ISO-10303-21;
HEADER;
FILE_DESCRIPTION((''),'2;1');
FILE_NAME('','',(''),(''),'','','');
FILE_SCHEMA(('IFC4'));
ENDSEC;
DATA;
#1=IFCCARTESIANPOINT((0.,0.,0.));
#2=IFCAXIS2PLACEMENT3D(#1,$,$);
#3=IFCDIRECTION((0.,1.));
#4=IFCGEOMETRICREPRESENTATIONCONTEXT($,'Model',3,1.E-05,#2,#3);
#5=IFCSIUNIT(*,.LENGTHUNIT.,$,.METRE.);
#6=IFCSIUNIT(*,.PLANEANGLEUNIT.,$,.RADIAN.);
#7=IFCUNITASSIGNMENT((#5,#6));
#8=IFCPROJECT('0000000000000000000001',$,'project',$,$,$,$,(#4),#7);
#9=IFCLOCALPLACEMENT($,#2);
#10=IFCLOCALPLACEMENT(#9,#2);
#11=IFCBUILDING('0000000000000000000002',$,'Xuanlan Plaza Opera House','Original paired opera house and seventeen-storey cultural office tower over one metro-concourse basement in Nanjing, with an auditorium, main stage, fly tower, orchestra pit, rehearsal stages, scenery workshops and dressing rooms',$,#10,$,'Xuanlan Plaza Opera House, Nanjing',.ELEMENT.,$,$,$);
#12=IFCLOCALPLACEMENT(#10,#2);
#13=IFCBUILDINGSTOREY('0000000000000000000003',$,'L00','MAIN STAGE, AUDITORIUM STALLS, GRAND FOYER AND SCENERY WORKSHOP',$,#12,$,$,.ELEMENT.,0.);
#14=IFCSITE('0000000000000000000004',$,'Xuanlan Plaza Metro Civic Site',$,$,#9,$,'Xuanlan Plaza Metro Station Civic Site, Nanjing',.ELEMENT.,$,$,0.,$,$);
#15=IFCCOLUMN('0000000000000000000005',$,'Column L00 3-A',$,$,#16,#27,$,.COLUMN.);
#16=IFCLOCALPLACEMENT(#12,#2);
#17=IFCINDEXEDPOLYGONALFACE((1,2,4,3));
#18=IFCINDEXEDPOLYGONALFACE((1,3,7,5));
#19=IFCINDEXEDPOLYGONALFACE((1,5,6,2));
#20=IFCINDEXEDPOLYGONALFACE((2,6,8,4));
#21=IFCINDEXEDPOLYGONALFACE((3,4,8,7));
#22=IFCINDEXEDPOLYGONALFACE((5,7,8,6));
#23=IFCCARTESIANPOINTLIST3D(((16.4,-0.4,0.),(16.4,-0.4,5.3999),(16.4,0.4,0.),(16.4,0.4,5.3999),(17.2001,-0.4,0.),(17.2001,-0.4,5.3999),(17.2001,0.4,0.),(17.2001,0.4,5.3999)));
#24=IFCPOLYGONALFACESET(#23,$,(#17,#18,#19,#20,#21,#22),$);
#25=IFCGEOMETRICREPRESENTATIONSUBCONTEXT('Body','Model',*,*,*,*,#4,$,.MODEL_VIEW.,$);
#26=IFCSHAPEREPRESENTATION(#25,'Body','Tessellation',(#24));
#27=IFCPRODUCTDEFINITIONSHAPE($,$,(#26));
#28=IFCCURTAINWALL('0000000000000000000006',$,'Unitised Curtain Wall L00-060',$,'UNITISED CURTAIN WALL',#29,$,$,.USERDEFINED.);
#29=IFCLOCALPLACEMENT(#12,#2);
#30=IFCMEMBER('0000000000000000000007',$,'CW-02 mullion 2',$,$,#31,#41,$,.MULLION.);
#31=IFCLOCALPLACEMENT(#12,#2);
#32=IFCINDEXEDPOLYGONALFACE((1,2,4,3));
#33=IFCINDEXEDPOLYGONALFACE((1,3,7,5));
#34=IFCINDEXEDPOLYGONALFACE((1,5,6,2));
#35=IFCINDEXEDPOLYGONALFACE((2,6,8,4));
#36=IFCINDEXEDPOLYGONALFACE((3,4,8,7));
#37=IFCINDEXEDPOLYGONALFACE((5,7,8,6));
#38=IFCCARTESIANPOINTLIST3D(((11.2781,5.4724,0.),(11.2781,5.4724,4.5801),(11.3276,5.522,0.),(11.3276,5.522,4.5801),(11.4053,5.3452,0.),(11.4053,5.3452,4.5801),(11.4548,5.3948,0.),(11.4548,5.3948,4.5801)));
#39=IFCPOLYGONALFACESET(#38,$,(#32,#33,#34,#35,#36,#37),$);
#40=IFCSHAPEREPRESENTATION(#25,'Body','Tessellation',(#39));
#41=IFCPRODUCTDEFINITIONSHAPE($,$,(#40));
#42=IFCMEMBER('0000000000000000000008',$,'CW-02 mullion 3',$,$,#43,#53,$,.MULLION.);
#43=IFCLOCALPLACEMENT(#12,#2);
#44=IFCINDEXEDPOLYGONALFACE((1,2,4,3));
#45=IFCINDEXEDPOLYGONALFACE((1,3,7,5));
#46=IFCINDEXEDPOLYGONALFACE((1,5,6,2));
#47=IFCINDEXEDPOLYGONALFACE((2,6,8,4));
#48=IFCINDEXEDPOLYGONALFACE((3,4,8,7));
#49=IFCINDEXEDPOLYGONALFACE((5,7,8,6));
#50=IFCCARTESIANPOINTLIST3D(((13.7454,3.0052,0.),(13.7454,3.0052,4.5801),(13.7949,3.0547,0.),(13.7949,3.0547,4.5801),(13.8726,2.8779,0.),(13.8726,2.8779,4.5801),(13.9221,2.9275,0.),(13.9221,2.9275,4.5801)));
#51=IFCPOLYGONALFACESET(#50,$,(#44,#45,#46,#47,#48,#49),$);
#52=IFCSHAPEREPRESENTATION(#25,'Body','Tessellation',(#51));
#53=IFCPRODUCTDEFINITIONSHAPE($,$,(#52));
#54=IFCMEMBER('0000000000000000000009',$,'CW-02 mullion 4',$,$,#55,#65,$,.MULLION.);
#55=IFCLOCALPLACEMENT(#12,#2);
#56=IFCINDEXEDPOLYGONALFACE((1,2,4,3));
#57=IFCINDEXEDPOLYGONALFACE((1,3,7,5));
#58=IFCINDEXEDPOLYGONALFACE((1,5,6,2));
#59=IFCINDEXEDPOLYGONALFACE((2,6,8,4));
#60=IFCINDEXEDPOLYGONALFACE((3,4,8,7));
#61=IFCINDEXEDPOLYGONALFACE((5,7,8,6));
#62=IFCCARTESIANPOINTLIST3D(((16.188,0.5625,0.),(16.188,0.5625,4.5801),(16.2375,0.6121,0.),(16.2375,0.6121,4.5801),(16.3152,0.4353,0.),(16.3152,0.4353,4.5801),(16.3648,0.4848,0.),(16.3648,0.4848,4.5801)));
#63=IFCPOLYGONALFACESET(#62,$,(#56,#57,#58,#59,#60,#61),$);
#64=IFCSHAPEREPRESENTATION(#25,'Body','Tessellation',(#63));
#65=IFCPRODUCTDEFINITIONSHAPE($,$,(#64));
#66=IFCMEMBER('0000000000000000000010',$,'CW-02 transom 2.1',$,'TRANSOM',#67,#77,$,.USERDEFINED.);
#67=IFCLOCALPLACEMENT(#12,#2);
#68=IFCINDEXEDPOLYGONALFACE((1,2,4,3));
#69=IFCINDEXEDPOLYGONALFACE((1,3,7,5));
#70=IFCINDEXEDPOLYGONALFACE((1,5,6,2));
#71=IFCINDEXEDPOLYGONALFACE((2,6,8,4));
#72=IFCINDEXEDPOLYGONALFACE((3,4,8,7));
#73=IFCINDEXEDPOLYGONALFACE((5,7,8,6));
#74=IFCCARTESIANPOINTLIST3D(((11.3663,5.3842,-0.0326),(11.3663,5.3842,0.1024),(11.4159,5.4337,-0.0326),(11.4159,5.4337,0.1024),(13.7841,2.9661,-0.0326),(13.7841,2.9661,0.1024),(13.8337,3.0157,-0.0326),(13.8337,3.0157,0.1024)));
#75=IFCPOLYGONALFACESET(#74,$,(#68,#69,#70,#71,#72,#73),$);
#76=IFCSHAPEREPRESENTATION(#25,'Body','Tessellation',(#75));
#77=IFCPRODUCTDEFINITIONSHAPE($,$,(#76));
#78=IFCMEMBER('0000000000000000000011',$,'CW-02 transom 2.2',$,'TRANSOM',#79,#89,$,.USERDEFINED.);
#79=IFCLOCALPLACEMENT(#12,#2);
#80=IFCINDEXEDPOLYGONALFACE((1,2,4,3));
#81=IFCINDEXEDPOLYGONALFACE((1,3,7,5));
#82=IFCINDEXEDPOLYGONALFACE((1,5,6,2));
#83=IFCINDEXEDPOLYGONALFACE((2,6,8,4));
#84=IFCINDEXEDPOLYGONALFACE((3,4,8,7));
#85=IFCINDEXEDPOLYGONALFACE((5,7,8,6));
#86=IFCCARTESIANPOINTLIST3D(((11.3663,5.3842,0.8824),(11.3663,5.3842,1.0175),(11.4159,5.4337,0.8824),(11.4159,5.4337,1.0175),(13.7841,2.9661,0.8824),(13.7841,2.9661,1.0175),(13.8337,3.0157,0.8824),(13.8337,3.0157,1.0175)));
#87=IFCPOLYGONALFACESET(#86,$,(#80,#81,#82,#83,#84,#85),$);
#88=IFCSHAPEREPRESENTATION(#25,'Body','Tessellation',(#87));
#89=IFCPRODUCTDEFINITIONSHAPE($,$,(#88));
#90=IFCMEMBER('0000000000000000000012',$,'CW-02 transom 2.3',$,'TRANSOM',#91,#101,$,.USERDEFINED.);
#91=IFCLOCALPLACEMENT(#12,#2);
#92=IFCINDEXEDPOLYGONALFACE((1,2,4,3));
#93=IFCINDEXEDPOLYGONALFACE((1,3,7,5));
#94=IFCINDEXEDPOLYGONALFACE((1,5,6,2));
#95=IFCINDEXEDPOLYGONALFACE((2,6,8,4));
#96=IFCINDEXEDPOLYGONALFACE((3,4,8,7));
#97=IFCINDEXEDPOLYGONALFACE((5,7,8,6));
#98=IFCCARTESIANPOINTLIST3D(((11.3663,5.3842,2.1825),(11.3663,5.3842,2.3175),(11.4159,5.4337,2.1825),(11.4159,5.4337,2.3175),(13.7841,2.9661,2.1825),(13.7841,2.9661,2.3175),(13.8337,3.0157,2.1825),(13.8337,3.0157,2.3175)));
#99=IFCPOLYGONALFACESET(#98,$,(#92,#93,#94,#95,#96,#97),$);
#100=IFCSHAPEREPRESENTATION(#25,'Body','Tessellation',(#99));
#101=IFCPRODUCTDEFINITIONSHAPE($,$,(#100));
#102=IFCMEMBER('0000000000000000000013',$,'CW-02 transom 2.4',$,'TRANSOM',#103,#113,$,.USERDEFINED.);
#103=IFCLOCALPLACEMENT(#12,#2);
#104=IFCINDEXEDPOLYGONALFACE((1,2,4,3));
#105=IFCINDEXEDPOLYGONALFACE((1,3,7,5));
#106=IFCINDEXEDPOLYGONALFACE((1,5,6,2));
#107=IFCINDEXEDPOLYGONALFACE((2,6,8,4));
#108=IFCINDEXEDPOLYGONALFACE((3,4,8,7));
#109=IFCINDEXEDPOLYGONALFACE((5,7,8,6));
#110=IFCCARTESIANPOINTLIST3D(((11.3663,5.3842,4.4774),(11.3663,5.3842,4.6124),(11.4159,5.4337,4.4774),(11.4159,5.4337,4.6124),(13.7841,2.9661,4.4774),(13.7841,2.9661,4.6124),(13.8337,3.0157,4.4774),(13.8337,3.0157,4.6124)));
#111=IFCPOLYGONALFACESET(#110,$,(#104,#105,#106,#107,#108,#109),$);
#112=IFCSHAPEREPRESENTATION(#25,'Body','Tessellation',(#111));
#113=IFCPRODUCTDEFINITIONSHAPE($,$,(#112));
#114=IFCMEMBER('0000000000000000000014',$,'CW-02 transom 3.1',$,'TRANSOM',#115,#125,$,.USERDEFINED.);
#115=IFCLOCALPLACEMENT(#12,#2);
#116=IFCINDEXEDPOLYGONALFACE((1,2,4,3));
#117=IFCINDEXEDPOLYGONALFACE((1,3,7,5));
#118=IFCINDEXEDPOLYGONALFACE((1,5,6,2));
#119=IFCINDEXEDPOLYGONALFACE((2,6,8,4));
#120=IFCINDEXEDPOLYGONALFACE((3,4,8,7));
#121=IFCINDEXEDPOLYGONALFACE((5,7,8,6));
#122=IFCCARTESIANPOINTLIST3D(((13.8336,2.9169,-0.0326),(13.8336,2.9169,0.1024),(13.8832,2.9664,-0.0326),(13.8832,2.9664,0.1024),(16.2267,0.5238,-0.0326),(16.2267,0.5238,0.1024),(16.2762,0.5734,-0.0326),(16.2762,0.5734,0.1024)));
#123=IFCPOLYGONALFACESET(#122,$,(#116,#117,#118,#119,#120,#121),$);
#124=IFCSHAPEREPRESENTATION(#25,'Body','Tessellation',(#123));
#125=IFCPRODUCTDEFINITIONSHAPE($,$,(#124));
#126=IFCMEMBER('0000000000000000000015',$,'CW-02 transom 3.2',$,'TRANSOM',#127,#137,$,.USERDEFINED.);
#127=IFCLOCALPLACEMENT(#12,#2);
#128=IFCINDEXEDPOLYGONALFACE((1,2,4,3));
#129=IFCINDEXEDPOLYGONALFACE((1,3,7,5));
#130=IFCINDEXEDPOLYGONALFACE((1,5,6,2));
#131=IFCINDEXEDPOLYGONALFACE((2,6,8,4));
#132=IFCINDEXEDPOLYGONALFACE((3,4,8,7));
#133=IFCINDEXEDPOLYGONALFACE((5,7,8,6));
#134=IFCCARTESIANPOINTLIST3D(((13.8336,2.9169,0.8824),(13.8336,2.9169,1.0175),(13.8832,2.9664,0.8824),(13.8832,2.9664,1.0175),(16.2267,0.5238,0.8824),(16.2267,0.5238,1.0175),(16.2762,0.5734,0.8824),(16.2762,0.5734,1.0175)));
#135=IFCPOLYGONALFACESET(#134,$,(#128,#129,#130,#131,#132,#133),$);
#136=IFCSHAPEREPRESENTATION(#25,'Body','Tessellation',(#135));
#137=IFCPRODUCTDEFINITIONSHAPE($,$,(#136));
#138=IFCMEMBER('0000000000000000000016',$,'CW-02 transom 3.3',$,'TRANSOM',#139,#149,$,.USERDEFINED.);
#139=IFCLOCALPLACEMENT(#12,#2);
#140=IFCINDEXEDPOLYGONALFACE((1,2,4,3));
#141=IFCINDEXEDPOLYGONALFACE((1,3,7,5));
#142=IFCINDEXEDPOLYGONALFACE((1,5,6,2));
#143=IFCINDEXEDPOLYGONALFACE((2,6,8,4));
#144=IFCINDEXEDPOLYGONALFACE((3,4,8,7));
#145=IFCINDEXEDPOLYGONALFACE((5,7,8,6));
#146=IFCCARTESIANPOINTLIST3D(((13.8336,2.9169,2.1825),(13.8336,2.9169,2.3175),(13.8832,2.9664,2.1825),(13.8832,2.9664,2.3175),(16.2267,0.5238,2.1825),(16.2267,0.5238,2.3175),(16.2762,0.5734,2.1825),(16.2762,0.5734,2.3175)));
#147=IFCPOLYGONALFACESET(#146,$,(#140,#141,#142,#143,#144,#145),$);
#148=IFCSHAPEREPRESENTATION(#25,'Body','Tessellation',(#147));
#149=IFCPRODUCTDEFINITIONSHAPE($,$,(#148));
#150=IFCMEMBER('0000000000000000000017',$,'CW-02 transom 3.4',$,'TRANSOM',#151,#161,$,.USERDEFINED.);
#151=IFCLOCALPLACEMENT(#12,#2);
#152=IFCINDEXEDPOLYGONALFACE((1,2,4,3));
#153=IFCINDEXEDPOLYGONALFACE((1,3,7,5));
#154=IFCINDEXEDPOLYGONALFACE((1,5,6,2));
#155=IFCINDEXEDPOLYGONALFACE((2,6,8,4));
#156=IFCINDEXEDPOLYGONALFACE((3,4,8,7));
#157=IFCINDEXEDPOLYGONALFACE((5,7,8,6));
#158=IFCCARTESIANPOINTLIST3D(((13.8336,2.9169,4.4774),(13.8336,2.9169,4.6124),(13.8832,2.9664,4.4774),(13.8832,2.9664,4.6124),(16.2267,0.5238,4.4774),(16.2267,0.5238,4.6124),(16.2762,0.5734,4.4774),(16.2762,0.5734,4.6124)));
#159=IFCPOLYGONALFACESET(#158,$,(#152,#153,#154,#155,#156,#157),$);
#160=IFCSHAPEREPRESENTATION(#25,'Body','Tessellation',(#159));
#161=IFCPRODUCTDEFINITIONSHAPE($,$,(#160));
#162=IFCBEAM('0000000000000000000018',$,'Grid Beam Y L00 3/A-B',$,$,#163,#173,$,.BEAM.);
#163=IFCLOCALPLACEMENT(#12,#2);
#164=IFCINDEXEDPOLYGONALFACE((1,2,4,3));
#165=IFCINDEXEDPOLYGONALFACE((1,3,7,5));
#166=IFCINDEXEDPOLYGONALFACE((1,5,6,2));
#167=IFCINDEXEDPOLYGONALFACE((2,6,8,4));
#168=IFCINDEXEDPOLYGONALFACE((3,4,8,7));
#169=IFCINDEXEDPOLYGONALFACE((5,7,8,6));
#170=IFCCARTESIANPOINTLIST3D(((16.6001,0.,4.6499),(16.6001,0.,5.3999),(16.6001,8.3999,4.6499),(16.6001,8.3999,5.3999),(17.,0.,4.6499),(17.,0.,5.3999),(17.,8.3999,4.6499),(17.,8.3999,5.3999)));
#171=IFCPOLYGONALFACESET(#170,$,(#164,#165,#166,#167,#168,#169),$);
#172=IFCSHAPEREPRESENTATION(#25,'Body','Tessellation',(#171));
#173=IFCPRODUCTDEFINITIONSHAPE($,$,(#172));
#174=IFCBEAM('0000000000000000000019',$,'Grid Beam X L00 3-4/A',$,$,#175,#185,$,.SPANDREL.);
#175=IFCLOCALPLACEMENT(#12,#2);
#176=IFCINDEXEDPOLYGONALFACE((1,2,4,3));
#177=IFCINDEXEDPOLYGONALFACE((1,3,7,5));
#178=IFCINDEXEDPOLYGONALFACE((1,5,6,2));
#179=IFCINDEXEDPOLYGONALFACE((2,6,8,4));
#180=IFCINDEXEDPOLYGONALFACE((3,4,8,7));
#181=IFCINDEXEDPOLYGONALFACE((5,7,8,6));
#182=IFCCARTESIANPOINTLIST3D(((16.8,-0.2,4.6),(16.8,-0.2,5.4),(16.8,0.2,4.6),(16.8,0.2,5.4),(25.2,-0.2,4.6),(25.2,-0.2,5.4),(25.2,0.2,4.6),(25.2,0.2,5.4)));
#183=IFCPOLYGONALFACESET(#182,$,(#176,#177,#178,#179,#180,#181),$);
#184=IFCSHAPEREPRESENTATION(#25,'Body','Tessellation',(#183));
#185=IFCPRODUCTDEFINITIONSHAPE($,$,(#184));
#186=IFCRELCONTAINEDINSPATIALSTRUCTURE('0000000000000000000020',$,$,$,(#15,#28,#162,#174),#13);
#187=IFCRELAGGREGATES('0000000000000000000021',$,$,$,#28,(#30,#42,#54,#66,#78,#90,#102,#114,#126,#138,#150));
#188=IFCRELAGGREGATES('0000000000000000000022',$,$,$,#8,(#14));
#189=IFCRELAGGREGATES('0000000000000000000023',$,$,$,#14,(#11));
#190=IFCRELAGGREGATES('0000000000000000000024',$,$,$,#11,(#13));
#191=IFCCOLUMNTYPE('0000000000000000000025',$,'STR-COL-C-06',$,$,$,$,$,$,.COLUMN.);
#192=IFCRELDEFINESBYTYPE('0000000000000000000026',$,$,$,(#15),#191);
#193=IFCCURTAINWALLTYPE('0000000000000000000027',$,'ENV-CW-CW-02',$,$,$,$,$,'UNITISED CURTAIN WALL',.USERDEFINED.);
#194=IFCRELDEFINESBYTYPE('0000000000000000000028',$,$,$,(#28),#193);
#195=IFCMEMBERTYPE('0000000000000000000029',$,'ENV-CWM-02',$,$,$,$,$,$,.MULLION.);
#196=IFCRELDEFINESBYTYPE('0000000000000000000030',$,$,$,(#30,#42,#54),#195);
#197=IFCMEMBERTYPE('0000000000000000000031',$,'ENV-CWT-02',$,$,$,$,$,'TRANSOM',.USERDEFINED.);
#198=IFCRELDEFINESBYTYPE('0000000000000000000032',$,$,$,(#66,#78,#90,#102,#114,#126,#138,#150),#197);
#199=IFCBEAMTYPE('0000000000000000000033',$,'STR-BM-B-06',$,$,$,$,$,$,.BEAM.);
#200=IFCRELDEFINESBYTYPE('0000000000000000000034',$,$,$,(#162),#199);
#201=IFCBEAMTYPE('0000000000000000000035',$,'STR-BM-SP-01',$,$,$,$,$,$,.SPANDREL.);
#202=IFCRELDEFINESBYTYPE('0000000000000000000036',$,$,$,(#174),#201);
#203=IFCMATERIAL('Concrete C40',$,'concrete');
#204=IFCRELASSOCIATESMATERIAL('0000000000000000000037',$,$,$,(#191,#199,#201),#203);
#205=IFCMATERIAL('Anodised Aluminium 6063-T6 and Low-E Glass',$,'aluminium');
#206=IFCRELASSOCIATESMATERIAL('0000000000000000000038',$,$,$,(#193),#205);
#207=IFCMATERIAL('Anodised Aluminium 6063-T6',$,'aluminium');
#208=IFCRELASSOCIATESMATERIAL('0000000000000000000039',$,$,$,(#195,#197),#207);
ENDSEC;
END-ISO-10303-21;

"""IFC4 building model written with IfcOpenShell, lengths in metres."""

from ifc_helpers import new_model, si_unit, direction, frame, origin, origin_2d, place, context, subcontext, project, spatial, rectangle, extrude, material, material_profile, profile_set, type_object, element, aggregate, save


model = new_model("IFC4")

# Units and contexts
model_context = context("Model", 3, precision=1e-05, world=origin(), true_north=direction((0.0, 1.0)))
body_context = subcontext(model_context, "Body", "Model", "MODEL_VIEW")
ifc_project = project(units=[si_unit("LENGTHUNIT", "METRE"), si_unit("PLANEANGLEUNIT", "RADIAN")], contexts=[model_context])

# Site, building, storey
site_placement = place(None, origin())
site = spatial("IfcSite", under=ifc_project, at=site_placement, Name="Xuanlan Plaza Metro Civic Site", LongName="Xuanlan Plaza Metro Station Civic Site, Nanjing", CompositionType="ELEMENT", RefElevation=0.0)
building_placement = place(site_placement, origin())
building = spatial("IfcBuilding", under=site, at=building_placement, Name="Xuanlan Plaza Opera House", Description="Original paired opera house and seventeen-storey cultural office tower over one metro-concourse basement in Nanjing, with an auditorium, main stage, fly tower, orchestra pit, rehearsal stages, scenery workshops and dressing rooms", LongName="Xuanlan Plaza Opera House, Nanjing", CompositionType="ELEMENT")
storey_placement = place(building_placement, origin())
storey = spatial("IfcBuildingStorey", under=building, at=storey_placement, Name="L00", Description="MAIN STAGE, AUDITORIUM STALLS, GRAND FOYER AND SCENERY WORKSHOP", CompositionType="ELEMENT", Elevation=0.0)

# Column
ifc_material_1 = material(Name="Concrete C40", Category="concrete")
ifc_material_profile_1 = material_profile(ifc_material_1, rectangle(XDim=0.8, YDim=0.8, at=origin_2d()), Name="RC-COL 800x800")
ifc_profile_set_1 = profile_set([ifc_material_profile_1], Name="Concrete C40")
column_type = type_object("IfcColumnType", Name="STR-COL-C-06", PredefinedType="COLUMN", material=ifc_profile_set_1)
column_placement = place(storey_placement, frame((16.8, 0.0, 0.0), z_axis=(0.0, 0.0, 1.0), x_axis=(1.0, 0.0, 0.0)))
element("IfcColumn", 1, at=column_placement, inside=storey, type_object=column_type, Name="Column L00 3-A", PredefinedType="COLUMN", context=body_context, shape_type="SweptSolid", body=[
    extrude(rectangle(XDim=0.8, YDim=0.8, at=origin_2d()), origin(), (0.0, 0.0, 1.0), 5.3999),
])

# Curtain wall, members
ifc_material_2 = material(Name="Anodised Aluminium 6063-T6 and Low-E Glass", Category="aluminium")
curtain_wall_type = type_object("IfcCurtainWallType", Name="ENV-CW-CW-02", ElementType="UNITISED CURTAIN WALL", PredefinedType="USERDEFINED", material=ifc_material_2)
curtain_wall_placement = place(storey_placement, origin())
curtain_wall = element("IfcCurtainWall", 2, at=curtain_wall_placement, inside=storey, type_object=curtain_wall_type, Name="Unitised Curtain Wall L00-060", ObjectType="UNITISED CURTAIN WALL", PredefinedType="USERDEFINED")
ifc_material_3 = material(Name="Anodised Aluminium 6063-T6", Category="aluminium")
ifc_material_profile_2 = material_profile(ifc_material_3, rectangle(XDim=0.0701, YDim=0.1799, at=origin_2d()), Name="ALU-M 70x180")
ifc_profile_set_2 = profile_set([ifc_material_profile_2], Name="Anodised Aluminium 6063-T6")
member_type_1 = type_object("IfcMemberType", Name="ENV-CWM-02", PredefinedType="MULLION", material=ifc_profile_set_2)
member_1_placement = place(storey_placement, frame((11.3665, 5.4336, 0.0), z_axis=(0.0, 0.0, 1.0), x_axis=(0.707107, 0.707107, 0.0)))
member_1 = element("IfcMember", 3, at=member_1_placement, type_object=member_type_1, Name="CW-02 mullion 2", PredefinedType="MULLION", context=body_context, shape_type="SweptSolid", body=[
    extrude(rectangle(XDim=0.0701, YDim=0.1799, at=origin_2d()), origin(), (0.0, 0.0, 1.0), 4.5801),
])
member_2_placement = place(storey_placement, frame((13.8337, 2.9663, 0.0), z_axis=(0.0, 0.0, 1.0), x_axis=(0.707107, 0.707107, 0.0)))
member_2 = element("IfcMember", 4, at=member_2_placement, type_object=member_type_1, Name="CW-02 mullion 3", PredefinedType="MULLION", context=body_context, shape_type="SweptSolid", body=[
    extrude(rectangle(XDim=0.0701, YDim=0.1799, at=origin_2d()), origin(), (0.0, 0.0, 1.0), 4.5801),
])
member_3_placement = place(storey_placement, frame((16.2764, 0.5237, 0.0), z_axis=(0.0, 0.0, 1.0), x_axis=(0.707107, 0.707107, 0.0)))
member_3 = element("IfcMember", 5, at=member_3_placement, type_object=member_type_1, Name="CW-02 mullion 4", PredefinedType="MULLION", context=body_context, shape_type="SweptSolid", body=[
    extrude(rectangle(XDim=0.0701, YDim=0.1799, at=origin_2d()), origin(), (0.0, 0.0, 1.0), 4.5801),
])
ifc_material_profile_3 = material_profile(ifc_material_3, rectangle(XDim=0.0701, YDim=0.135, at=origin_2d()), Name="ALU-T 70x135")
ifc_profile_set_3 = profile_set([ifc_material_profile_3], Name="Anodised Aluminium 6063-T6")
member_type_2 = type_object("IfcMemberType", Name="ENV-CWT-02", ElementType="TRANSOM", PredefinedType="USERDEFINED", material=ifc_profile_set_3)
member_4_placement = place(storey_placement, frame((11.3911, 5.4089, 0.0349), z_axis=(0.707071, -0.707142, 0.0), x_axis=(0.707142, 0.707071, 0.0)))
member_4 = element("IfcMember", 6, at=member_4_placement, type_object=member_type_2, Name="CW-02 transom 2.1", ObjectType="TRANSOM", PredefinedType="USERDEFINED", context=body_context, shape_type="SweptSolid", body=[
    extrude(rectangle(XDim=0.0701, YDim=0.135, at=origin_2d()), origin(), (0.0, 0.0, 1.0), 3.4194),
])
member_5_placement = place(storey_placement, frame((11.3911, 5.4089, 0.95), z_axis=(0.707071, -0.707142, 0.0), x_axis=(0.707142, 0.707071, 0.0)))
member_5 = element("IfcMember", 7, at=member_5_placement, type_object=member_type_2, Name="CW-02 transom 2.2", ObjectType="TRANSOM", PredefinedType="USERDEFINED", context=body_context, shape_type="SweptSolid", body=[
    extrude(rectangle(XDim=0.0701, YDim=0.135, at=origin_2d()), origin(), (0.0, 0.0, 1.0), 3.4194),
])
member_6_placement = place(storey_placement, frame((11.3911, 5.4089, 2.25), z_axis=(0.707071, -0.707142, 0.0), x_axis=(0.707142, 0.707071, 0.0)))
member_6 = element("IfcMember", 8, at=member_6_placement, type_object=member_type_2, Name="CW-02 transom 2.3", ObjectType="TRANSOM", PredefinedType="USERDEFINED", context=body_context, shape_type="SweptSolid", body=[
    extrude(rectangle(XDim=0.0701, YDim=0.135, at=origin_2d()), origin(), (0.0, 0.0, 1.0), 3.4194),
])
member_7_placement = place(storey_placement, frame((11.3911, 5.4089, 4.5449), z_axis=(0.707071, -0.707142, 0.0), x_axis=(0.707142, 0.707071, 0.0)))
member_7 = element("IfcMember", 9, at=member_7_placement, type_object=member_type_2, Name="CW-02 transom 2.4", ObjectType="TRANSOM", PredefinedType="USERDEFINED", context=body_context, shape_type="SweptSolid", body=[
    extrude(rectangle(XDim=0.0701, YDim=0.135, at=origin_2d()), origin(), (0.0, 0.0, 1.0), 3.4194),
])
member_8_placement = place(storey_placement, frame((13.8584, 2.9417, 0.0349), z_axis=(0.707107, -0.707107, 0.0), x_axis=(0.707107, 0.707107, 0.0)))
member_8 = element("IfcMember", 10, at=member_8_placement, type_object=member_type_2, Name="CW-02 transom 3.1", ObjectType="TRANSOM", PredefinedType="USERDEFINED", context=body_context, shape_type="SweptSolid", body=[
    extrude(rectangle(XDim=0.0701, YDim=0.135, at=origin_2d()), origin(), (0.0, 0.0, 1.0), 3.3843),
])
member_9_placement = place(storey_placement, frame((13.8584, 2.9417, 0.95), z_axis=(0.707107, -0.707107, 0.0), x_axis=(0.707107, 0.707107, 0.0)))
member_9 = element("IfcMember", 11, at=member_9_placement, type_object=member_type_2, Name="CW-02 transom 3.2", ObjectType="TRANSOM", PredefinedType="USERDEFINED", context=body_context, shape_type="SweptSolid", body=[
    extrude(rectangle(XDim=0.0701, YDim=0.135, at=origin_2d()), origin(), (0.0, 0.0, 1.0), 3.3843),
])
member_10_placement = place(storey_placement, frame((13.8584, 2.9417, 2.25), z_axis=(0.707107, -0.707107, 0.0), x_axis=(0.707107, 0.707107, 0.0)))
member_10 = element("IfcMember", 12, at=member_10_placement, type_object=member_type_2, Name="CW-02 transom 3.3", ObjectType="TRANSOM", PredefinedType="USERDEFINED", context=body_context, shape_type="SweptSolid", body=[
    extrude(rectangle(XDim=0.0701, YDim=0.135, at=origin_2d()), origin(), (0.0, 0.0, 1.0), 3.3843),
])
member_11_placement = place(storey_placement, frame((13.8584, 2.9417, 4.5449), z_axis=(0.707107, -0.707107, 0.0), x_axis=(0.707107, 0.707107, 0.0)))
member_11 = element("IfcMember", 13, at=member_11_placement, type_object=member_type_2, Name="CW-02 transom 3.4", ObjectType="TRANSOM", PredefinedType="USERDEFINED", context=body_context, shape_type="SweptSolid", body=[
    extrude(rectangle(XDim=0.0701, YDim=0.135, at=origin_2d()), origin(), (0.0, 0.0, 1.0), 3.3843),
])

# Beams
ifc_material_profile_4 = material_profile(ifc_material_1, rectangle(XDim=0.3999, YDim=0.75, at=origin_2d()), Name="RC-BM 400x750")
ifc_profile_set_4 = profile_set([ifc_material_profile_4], Name="Concrete C40")
beam_type_1 = type_object("IfcBeamType", Name="STR-BM-B-06", PredefinedType="BEAM", material=ifc_profile_set_4)
beam_1_placement = place(storey_placement, frame((16.8, 0.0, 5.0249), z_axis=(0.0, 1.0, 0.0), x_axis=(-1.0, 0.0, 0.0)))
element("IfcBeam", 14, at=beam_1_placement, inside=storey, type_object=beam_type_1, Name="Grid Beam Y L00 3/A-B", PredefinedType="BEAM", context=body_context, shape_type="SweptSolid", body=[
    extrude(rectangle(XDim=0.3999, YDim=0.75, at=origin_2d()), origin(), (0.0, 0.0, 1.0), 8.3999),
])
ifc_material_profile_5 = material_profile(ifc_material_1, rectangle(XDim=0.3999, YDim=0.8, at=origin_2d()), Name="RC-SPD 400x800")
ifc_profile_set_5 = profile_set([ifc_material_profile_5], Name="Concrete C40")
beam_type_2 = type_object("IfcBeamType", Name="STR-BM-SP-01", PredefinedType="SPANDREL", material=ifc_profile_set_5)
beam_2_placement = place(storey_placement, frame((16.8, 0.0, 5.0), z_axis=(1.0, 0.0, 0.0), x_axis=(0.0, 1.0, 0.0)))
element("IfcBeam", 15, at=beam_2_placement, inside=storey, type_object=beam_type_2, Name="Grid Beam X L00 3-4/A", PredefinedType="SPANDREL", context=body_context, shape_type="SweptSolid", body=[
    extrude(rectangle(XDim=0.3999, YDim=0.8, at=origin_2d()), origin(), (0.0, 0.0, 1.0), 8.3999),
])

aggregate(curtain_wall, [member_1, member_2, member_3, member_4, member_5, member_6, member_7, member_8, member_9, member_10, member_11])

save(model, "model.ifc")
